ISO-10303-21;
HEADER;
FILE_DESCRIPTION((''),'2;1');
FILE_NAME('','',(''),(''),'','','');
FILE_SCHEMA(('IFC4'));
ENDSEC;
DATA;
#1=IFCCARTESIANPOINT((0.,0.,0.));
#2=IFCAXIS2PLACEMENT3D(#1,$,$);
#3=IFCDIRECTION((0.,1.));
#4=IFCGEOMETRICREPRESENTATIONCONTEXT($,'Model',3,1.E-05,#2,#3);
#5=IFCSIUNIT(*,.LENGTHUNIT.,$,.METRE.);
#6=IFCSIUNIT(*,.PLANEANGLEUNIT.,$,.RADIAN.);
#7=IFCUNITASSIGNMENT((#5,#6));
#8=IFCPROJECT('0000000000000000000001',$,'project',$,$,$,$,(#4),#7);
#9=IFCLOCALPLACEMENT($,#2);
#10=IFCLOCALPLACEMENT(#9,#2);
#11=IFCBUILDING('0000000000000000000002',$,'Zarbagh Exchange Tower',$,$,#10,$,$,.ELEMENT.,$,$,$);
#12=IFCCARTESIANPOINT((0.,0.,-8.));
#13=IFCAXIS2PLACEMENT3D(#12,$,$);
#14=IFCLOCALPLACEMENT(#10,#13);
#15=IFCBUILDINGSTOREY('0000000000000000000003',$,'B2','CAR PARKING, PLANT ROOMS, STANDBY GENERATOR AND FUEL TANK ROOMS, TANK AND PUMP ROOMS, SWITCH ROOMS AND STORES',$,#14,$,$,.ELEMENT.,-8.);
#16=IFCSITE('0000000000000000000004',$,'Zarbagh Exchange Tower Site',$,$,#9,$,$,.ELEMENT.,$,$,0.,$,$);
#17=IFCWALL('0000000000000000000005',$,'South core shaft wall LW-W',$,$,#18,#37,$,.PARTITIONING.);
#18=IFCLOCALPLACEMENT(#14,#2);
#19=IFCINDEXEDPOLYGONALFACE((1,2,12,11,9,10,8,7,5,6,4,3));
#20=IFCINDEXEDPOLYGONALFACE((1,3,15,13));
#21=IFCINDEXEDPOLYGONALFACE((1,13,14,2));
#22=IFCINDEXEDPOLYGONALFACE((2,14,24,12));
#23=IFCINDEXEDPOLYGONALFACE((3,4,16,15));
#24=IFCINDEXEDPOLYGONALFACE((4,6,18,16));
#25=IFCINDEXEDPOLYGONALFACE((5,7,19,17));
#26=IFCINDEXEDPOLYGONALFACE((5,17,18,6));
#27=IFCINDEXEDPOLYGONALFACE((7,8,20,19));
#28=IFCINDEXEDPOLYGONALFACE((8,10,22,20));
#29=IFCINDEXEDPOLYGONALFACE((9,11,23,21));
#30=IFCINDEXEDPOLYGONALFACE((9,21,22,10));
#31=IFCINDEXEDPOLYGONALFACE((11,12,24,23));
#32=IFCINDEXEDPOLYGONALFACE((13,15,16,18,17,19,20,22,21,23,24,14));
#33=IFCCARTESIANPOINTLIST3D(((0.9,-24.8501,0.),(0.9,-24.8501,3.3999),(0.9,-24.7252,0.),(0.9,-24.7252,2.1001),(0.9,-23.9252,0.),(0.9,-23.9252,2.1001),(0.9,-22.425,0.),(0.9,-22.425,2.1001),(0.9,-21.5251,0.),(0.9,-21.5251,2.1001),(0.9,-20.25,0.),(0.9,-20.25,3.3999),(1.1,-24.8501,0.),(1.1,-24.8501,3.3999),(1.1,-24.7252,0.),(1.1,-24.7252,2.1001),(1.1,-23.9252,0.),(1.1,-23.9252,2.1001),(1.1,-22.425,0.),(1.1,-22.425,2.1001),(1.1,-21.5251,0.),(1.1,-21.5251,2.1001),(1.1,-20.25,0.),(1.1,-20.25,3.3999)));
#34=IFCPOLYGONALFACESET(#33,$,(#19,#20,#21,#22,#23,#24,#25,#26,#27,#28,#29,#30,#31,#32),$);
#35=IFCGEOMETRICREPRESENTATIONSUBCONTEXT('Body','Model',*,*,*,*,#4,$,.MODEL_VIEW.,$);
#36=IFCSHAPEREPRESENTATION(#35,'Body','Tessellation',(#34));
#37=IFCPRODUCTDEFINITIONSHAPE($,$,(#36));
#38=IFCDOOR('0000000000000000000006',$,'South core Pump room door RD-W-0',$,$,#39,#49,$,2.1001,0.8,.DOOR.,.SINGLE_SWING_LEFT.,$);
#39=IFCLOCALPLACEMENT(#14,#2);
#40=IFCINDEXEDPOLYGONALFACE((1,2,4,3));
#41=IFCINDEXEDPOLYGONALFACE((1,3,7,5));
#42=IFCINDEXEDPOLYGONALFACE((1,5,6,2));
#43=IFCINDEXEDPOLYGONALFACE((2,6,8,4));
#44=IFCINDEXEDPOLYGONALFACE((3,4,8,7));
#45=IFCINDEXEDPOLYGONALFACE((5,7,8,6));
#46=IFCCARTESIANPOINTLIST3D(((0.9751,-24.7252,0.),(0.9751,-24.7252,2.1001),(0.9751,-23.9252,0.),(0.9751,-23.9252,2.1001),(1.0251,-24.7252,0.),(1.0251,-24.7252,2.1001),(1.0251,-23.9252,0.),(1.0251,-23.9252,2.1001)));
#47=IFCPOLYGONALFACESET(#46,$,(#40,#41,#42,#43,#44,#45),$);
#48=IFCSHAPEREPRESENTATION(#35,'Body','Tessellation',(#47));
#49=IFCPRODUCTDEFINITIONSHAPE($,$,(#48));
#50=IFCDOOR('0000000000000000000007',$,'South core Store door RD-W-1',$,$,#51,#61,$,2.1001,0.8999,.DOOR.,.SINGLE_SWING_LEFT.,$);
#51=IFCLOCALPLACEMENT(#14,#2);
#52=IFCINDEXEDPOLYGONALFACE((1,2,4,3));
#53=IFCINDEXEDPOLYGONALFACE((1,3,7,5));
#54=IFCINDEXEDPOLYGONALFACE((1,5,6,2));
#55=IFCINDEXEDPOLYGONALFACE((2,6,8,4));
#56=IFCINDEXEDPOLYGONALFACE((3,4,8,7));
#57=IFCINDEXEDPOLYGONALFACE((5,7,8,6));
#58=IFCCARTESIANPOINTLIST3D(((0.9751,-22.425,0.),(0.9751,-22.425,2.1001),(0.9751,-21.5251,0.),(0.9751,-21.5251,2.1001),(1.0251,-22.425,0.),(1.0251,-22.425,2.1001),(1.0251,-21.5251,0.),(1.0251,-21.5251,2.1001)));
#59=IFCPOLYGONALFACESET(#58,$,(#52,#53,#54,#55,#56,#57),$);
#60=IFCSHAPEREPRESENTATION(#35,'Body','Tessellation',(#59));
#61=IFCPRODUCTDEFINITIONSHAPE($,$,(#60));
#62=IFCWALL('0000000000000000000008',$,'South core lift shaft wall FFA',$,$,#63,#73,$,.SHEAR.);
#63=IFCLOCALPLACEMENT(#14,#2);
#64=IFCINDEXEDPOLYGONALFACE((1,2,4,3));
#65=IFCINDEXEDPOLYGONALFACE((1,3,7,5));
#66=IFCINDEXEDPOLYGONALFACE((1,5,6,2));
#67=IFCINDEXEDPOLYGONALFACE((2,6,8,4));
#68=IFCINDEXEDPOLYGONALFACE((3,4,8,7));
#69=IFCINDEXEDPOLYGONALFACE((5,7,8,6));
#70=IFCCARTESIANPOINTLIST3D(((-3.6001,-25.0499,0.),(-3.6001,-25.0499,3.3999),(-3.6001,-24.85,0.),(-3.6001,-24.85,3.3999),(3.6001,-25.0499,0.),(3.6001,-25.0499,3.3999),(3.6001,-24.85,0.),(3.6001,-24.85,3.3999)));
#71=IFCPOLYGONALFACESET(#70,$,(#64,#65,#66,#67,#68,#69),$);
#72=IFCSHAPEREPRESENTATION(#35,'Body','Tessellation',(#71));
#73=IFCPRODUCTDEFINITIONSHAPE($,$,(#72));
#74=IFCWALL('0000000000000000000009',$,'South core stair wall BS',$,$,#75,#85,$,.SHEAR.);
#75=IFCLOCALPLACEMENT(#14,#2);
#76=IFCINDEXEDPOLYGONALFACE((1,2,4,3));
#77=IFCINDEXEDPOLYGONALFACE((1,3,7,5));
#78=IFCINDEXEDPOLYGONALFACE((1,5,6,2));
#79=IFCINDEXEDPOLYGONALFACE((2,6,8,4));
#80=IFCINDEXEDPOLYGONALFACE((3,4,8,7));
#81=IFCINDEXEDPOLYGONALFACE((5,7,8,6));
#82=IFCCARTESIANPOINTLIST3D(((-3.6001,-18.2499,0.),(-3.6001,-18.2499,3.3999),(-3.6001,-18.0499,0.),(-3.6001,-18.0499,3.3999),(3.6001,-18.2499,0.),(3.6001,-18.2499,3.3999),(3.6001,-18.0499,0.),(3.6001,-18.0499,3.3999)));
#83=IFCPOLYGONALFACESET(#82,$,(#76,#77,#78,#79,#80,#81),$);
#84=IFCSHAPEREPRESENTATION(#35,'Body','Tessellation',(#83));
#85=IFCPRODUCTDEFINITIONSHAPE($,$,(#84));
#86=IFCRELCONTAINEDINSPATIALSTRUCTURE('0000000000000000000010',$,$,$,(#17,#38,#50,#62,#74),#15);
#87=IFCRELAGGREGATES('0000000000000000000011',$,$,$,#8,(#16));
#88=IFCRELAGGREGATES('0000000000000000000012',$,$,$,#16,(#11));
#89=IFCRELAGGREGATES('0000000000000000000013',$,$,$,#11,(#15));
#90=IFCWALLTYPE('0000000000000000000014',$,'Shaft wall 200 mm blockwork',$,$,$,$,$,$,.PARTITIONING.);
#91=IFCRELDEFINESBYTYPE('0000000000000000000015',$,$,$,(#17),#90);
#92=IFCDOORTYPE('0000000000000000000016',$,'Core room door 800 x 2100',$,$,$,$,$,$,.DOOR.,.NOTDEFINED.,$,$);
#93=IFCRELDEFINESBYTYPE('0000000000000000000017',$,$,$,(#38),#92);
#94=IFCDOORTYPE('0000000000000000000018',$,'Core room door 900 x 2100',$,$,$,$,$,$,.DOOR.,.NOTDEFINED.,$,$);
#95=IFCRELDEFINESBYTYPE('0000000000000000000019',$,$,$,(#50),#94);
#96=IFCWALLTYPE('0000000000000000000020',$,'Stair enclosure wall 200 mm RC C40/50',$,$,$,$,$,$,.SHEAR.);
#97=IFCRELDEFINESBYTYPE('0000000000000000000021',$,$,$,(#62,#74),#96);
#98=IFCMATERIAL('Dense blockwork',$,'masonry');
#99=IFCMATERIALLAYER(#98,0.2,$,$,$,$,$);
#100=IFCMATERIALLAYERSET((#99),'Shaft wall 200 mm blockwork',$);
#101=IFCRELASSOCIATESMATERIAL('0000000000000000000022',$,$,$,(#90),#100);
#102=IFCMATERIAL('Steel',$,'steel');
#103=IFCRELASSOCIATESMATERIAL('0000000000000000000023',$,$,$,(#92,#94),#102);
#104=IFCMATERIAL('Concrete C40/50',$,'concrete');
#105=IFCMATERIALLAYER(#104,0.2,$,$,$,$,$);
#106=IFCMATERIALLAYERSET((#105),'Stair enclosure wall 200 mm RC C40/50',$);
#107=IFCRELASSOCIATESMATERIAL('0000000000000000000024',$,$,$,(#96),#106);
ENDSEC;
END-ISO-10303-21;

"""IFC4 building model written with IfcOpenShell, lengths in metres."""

from ifc_helpers import new_model, si_unit, direction, frame, frame_2d, origin, place, context, subcontext, project, spatial, rectangle, extrude, material, layer, layer_set, type_object, element, fill, save


model = new_model("IFC4")

# Units and contexts
model_context = context("Model", 3, precision=1e-05, world=origin(), true_north=direction((0.0, 1.0)))
body_context = subcontext(model_context, "Body", "Model", "MODEL_VIEW")
ifc_project = project(units=[si_unit("LENGTHUNIT", "METRE"), si_unit("PLANEANGLEUNIT", "RADIAN")], contexts=[model_context])

# Site, building, storey
site_placement = place(None, origin())
site = spatial("IfcSite", under=ifc_project, at=site_placement, Name="Zarbagh Exchange Tower Site", CompositionType="ELEMENT", RefElevation=0.0)
building_placement = place(site_placement, origin())
building = spatial("IfcBuilding", under=site, at=building_placement, Name="Zarbagh Exchange Tower", CompositionType="ELEMENT")
storey_placement = place(building_placement, frame((0.0, 0.0, -8.0)))
storey = spatial("IfcBuildingStorey", under=building, at=storey_placement, Name="B2", Description="CAR PARKING, PLANT ROOMS, STANDBY GENERATOR AND FUEL TANK ROOMS, TANK AND PUMP ROOMS, SWITCH ROOMS AND STORES", CompositionType="ELEMENT", Elevation=-8.0)

# Shared definitions
ifc_material_1 = material(Name="Concrete C40/50", Category="concrete")

# Shared definitions
ifc_material_2 = material(Name="Dense blockwork", Category="masonry")
ifc_layer_1 = layer(ifc_material_2, 0.2)
ifc_layer_set_1 = layer_set([ifc_layer_1], Name="Shaft wall 200 mm blockwork")
wall_type_1 = type_object("IfcWallType", Name="Shaft wall 200 mm blockwork", PredefinedType="PARTITIONING", material=ifc_layer_set_1)

# Wall, openings, doors
wall_1_placement = place(storey_placement, frame((1.0, -24.8501, 0.0), z_axis=(0.0, 0.0, 1.0), x_axis=(0.0, 1.0, 0.0)))
wall_1 = element("IfcWall", 1, at=wall_1_placement, inside=storey, type_object=wall_type_1, Name="South core shaft wall LW-W", PredefinedType="PARTITIONING", context=body_context, shape_type="SweptSolid", body=[
    extrude(rectangle(XDim=4.6001, YDim=0.2, at=frame_2d((2.3, 0.0))), origin(), (0.0, 0.0, 1.0), 3.3999),
])
opening_1_placement = place(wall_1_placement, frame((0.125, 0.0, 0.0)))
opening_1 = element("IfcOpeningElement", 2, at=opening_1_placement, cuts=wall_1, PredefinedType="OPENING", context=body_context, shape_type="SweptSolid", body=[
    extrude(rectangle(XDim=0.8, YDim=2.1001, at=frame_2d((0.3999, 1.05))), frame((0.0, 0.1099, 0.0), z_axis=(0.0, -1.0, 0.0), x_axis=(1.0, 0.0, 0.0)), (0.0, 0.0, 1.0), 0.22),
])
opening_2_placement = place(wall_1_placement, frame((2.425, 0.0, 0.0)))
opening_2 = element("IfcOpeningElement", 3, at=opening_2_placement, cuts=wall_1, PredefinedType="OPENING", context=body_context, shape_type="SweptSolid", body=[
    extrude(rectangle(XDim=0.8999, YDim=2.1001, at=frame_2d((0.45, 1.05))), frame((0.0, 0.1099, 0.0), z_axis=(0.0, -1.0, 0.0), x_axis=(1.0, 0.0, 0.0)), (0.0, 0.0, 1.0), 0.22),
])
ifc_material_3 = material(Name="Steel", Category="steel")
door_type_1 = type_object("IfcDoorType", Name="Core room door 800 x 2100", OperationType="NOTDEFINED", PredefinedType="DOOR", material=ifc_material_3)
door_1_placement = place(opening_1_placement, origin())
door_1 = element("IfcDoor", 4, at=door_1_placement, inside=storey, type_object=door_type_1, Name="South core Pump room door RD-W-0", OperationType="SINGLE_SWING_LEFT", OverallHeight=2.1001, OverallWidth=0.8, PredefinedType="DOOR", context=body_context, shape_type="SweptSolid", body=[
    extrude(rectangle(XDim=0.8, YDim=2.1001, at=frame_2d((0.3999, 1.05))), frame((0.0, 0.0249, 0.0), z_axis=(0.0, -1.0, 0.0), x_axis=(1.0, 0.0, 0.0)), (0.0, 0.0, 1.0), 0.05),
])
fill(opening_1, door_1)
door_type_2 = type_object("IfcDoorType", Name="Core room door 900 x 2100", OperationType="NOTDEFINED", PredefinedType="DOOR", material=ifc_material_3)
door_2_placement = place(opening_2_placement, origin())
door_2 = element("IfcDoor", 5, at=door_2_placement, inside=storey, type_object=door_type_2, Name="South core Store door RD-W-1", OperationType="SINGLE_SWING_LEFT", OverallHeight=2.1001, OverallWidth=0.8999, PredefinedType="DOOR", context=body_context, shape_type="SweptSolid", body=[
    extrude(rectangle(XDim=0.8999, YDim=2.1001, at=frame_2d((0.45, 1.05))), frame((0.0, 0.0249, 0.0), z_axis=(0.0, -1.0, 0.0), x_axis=(1.0, 0.0, 0.0)), (0.0, 0.0, 1.0), 0.05),
])
fill(opening_2, door_2)

# Walls
ifc_layer_2 = layer(ifc_material_1, 0.2)
ifc_layer_set_2 = layer_set([ifc_layer_2], Name="Stair enclosure wall 200 mm RC C40/50")
wall_type_2 = type_object("IfcWallType", Name="Stair enclosure wall 200 mm RC C40/50", PredefinedType="SHEAR", material=ifc_layer_set_2)
for number, where, z_axis, x_axis, name in (
    (6, (3.6001, -24.95, 0.0), (0.0, 0.0, 1.0), (-1.0, 0.0, 0.0), "South core lift shaft wall FFA"),
    (7, (3.6001, -18.1499, 0.0), (0.0, 0.0, 1.0), (-1.0, 0.0, 0.0), "South core stair wall BS"),
):
    element("IfcWall", number, at=place(storey_placement, frame(where, z_axis=z_axis, x_axis=x_axis)), inside=storey, type_object=wall_type_2, Name=name, PredefinedType="SHEAR", context=body_context, shape_type="SweptSolid", body=[
        extrude(rectangle(XDim=7.2002, YDim=0.2, at=frame_2d((3.6001, 0.0))), origin(), (0.0, 0.0, 1.0), 3.3999),
    ])

save(model, "model.ifc")
